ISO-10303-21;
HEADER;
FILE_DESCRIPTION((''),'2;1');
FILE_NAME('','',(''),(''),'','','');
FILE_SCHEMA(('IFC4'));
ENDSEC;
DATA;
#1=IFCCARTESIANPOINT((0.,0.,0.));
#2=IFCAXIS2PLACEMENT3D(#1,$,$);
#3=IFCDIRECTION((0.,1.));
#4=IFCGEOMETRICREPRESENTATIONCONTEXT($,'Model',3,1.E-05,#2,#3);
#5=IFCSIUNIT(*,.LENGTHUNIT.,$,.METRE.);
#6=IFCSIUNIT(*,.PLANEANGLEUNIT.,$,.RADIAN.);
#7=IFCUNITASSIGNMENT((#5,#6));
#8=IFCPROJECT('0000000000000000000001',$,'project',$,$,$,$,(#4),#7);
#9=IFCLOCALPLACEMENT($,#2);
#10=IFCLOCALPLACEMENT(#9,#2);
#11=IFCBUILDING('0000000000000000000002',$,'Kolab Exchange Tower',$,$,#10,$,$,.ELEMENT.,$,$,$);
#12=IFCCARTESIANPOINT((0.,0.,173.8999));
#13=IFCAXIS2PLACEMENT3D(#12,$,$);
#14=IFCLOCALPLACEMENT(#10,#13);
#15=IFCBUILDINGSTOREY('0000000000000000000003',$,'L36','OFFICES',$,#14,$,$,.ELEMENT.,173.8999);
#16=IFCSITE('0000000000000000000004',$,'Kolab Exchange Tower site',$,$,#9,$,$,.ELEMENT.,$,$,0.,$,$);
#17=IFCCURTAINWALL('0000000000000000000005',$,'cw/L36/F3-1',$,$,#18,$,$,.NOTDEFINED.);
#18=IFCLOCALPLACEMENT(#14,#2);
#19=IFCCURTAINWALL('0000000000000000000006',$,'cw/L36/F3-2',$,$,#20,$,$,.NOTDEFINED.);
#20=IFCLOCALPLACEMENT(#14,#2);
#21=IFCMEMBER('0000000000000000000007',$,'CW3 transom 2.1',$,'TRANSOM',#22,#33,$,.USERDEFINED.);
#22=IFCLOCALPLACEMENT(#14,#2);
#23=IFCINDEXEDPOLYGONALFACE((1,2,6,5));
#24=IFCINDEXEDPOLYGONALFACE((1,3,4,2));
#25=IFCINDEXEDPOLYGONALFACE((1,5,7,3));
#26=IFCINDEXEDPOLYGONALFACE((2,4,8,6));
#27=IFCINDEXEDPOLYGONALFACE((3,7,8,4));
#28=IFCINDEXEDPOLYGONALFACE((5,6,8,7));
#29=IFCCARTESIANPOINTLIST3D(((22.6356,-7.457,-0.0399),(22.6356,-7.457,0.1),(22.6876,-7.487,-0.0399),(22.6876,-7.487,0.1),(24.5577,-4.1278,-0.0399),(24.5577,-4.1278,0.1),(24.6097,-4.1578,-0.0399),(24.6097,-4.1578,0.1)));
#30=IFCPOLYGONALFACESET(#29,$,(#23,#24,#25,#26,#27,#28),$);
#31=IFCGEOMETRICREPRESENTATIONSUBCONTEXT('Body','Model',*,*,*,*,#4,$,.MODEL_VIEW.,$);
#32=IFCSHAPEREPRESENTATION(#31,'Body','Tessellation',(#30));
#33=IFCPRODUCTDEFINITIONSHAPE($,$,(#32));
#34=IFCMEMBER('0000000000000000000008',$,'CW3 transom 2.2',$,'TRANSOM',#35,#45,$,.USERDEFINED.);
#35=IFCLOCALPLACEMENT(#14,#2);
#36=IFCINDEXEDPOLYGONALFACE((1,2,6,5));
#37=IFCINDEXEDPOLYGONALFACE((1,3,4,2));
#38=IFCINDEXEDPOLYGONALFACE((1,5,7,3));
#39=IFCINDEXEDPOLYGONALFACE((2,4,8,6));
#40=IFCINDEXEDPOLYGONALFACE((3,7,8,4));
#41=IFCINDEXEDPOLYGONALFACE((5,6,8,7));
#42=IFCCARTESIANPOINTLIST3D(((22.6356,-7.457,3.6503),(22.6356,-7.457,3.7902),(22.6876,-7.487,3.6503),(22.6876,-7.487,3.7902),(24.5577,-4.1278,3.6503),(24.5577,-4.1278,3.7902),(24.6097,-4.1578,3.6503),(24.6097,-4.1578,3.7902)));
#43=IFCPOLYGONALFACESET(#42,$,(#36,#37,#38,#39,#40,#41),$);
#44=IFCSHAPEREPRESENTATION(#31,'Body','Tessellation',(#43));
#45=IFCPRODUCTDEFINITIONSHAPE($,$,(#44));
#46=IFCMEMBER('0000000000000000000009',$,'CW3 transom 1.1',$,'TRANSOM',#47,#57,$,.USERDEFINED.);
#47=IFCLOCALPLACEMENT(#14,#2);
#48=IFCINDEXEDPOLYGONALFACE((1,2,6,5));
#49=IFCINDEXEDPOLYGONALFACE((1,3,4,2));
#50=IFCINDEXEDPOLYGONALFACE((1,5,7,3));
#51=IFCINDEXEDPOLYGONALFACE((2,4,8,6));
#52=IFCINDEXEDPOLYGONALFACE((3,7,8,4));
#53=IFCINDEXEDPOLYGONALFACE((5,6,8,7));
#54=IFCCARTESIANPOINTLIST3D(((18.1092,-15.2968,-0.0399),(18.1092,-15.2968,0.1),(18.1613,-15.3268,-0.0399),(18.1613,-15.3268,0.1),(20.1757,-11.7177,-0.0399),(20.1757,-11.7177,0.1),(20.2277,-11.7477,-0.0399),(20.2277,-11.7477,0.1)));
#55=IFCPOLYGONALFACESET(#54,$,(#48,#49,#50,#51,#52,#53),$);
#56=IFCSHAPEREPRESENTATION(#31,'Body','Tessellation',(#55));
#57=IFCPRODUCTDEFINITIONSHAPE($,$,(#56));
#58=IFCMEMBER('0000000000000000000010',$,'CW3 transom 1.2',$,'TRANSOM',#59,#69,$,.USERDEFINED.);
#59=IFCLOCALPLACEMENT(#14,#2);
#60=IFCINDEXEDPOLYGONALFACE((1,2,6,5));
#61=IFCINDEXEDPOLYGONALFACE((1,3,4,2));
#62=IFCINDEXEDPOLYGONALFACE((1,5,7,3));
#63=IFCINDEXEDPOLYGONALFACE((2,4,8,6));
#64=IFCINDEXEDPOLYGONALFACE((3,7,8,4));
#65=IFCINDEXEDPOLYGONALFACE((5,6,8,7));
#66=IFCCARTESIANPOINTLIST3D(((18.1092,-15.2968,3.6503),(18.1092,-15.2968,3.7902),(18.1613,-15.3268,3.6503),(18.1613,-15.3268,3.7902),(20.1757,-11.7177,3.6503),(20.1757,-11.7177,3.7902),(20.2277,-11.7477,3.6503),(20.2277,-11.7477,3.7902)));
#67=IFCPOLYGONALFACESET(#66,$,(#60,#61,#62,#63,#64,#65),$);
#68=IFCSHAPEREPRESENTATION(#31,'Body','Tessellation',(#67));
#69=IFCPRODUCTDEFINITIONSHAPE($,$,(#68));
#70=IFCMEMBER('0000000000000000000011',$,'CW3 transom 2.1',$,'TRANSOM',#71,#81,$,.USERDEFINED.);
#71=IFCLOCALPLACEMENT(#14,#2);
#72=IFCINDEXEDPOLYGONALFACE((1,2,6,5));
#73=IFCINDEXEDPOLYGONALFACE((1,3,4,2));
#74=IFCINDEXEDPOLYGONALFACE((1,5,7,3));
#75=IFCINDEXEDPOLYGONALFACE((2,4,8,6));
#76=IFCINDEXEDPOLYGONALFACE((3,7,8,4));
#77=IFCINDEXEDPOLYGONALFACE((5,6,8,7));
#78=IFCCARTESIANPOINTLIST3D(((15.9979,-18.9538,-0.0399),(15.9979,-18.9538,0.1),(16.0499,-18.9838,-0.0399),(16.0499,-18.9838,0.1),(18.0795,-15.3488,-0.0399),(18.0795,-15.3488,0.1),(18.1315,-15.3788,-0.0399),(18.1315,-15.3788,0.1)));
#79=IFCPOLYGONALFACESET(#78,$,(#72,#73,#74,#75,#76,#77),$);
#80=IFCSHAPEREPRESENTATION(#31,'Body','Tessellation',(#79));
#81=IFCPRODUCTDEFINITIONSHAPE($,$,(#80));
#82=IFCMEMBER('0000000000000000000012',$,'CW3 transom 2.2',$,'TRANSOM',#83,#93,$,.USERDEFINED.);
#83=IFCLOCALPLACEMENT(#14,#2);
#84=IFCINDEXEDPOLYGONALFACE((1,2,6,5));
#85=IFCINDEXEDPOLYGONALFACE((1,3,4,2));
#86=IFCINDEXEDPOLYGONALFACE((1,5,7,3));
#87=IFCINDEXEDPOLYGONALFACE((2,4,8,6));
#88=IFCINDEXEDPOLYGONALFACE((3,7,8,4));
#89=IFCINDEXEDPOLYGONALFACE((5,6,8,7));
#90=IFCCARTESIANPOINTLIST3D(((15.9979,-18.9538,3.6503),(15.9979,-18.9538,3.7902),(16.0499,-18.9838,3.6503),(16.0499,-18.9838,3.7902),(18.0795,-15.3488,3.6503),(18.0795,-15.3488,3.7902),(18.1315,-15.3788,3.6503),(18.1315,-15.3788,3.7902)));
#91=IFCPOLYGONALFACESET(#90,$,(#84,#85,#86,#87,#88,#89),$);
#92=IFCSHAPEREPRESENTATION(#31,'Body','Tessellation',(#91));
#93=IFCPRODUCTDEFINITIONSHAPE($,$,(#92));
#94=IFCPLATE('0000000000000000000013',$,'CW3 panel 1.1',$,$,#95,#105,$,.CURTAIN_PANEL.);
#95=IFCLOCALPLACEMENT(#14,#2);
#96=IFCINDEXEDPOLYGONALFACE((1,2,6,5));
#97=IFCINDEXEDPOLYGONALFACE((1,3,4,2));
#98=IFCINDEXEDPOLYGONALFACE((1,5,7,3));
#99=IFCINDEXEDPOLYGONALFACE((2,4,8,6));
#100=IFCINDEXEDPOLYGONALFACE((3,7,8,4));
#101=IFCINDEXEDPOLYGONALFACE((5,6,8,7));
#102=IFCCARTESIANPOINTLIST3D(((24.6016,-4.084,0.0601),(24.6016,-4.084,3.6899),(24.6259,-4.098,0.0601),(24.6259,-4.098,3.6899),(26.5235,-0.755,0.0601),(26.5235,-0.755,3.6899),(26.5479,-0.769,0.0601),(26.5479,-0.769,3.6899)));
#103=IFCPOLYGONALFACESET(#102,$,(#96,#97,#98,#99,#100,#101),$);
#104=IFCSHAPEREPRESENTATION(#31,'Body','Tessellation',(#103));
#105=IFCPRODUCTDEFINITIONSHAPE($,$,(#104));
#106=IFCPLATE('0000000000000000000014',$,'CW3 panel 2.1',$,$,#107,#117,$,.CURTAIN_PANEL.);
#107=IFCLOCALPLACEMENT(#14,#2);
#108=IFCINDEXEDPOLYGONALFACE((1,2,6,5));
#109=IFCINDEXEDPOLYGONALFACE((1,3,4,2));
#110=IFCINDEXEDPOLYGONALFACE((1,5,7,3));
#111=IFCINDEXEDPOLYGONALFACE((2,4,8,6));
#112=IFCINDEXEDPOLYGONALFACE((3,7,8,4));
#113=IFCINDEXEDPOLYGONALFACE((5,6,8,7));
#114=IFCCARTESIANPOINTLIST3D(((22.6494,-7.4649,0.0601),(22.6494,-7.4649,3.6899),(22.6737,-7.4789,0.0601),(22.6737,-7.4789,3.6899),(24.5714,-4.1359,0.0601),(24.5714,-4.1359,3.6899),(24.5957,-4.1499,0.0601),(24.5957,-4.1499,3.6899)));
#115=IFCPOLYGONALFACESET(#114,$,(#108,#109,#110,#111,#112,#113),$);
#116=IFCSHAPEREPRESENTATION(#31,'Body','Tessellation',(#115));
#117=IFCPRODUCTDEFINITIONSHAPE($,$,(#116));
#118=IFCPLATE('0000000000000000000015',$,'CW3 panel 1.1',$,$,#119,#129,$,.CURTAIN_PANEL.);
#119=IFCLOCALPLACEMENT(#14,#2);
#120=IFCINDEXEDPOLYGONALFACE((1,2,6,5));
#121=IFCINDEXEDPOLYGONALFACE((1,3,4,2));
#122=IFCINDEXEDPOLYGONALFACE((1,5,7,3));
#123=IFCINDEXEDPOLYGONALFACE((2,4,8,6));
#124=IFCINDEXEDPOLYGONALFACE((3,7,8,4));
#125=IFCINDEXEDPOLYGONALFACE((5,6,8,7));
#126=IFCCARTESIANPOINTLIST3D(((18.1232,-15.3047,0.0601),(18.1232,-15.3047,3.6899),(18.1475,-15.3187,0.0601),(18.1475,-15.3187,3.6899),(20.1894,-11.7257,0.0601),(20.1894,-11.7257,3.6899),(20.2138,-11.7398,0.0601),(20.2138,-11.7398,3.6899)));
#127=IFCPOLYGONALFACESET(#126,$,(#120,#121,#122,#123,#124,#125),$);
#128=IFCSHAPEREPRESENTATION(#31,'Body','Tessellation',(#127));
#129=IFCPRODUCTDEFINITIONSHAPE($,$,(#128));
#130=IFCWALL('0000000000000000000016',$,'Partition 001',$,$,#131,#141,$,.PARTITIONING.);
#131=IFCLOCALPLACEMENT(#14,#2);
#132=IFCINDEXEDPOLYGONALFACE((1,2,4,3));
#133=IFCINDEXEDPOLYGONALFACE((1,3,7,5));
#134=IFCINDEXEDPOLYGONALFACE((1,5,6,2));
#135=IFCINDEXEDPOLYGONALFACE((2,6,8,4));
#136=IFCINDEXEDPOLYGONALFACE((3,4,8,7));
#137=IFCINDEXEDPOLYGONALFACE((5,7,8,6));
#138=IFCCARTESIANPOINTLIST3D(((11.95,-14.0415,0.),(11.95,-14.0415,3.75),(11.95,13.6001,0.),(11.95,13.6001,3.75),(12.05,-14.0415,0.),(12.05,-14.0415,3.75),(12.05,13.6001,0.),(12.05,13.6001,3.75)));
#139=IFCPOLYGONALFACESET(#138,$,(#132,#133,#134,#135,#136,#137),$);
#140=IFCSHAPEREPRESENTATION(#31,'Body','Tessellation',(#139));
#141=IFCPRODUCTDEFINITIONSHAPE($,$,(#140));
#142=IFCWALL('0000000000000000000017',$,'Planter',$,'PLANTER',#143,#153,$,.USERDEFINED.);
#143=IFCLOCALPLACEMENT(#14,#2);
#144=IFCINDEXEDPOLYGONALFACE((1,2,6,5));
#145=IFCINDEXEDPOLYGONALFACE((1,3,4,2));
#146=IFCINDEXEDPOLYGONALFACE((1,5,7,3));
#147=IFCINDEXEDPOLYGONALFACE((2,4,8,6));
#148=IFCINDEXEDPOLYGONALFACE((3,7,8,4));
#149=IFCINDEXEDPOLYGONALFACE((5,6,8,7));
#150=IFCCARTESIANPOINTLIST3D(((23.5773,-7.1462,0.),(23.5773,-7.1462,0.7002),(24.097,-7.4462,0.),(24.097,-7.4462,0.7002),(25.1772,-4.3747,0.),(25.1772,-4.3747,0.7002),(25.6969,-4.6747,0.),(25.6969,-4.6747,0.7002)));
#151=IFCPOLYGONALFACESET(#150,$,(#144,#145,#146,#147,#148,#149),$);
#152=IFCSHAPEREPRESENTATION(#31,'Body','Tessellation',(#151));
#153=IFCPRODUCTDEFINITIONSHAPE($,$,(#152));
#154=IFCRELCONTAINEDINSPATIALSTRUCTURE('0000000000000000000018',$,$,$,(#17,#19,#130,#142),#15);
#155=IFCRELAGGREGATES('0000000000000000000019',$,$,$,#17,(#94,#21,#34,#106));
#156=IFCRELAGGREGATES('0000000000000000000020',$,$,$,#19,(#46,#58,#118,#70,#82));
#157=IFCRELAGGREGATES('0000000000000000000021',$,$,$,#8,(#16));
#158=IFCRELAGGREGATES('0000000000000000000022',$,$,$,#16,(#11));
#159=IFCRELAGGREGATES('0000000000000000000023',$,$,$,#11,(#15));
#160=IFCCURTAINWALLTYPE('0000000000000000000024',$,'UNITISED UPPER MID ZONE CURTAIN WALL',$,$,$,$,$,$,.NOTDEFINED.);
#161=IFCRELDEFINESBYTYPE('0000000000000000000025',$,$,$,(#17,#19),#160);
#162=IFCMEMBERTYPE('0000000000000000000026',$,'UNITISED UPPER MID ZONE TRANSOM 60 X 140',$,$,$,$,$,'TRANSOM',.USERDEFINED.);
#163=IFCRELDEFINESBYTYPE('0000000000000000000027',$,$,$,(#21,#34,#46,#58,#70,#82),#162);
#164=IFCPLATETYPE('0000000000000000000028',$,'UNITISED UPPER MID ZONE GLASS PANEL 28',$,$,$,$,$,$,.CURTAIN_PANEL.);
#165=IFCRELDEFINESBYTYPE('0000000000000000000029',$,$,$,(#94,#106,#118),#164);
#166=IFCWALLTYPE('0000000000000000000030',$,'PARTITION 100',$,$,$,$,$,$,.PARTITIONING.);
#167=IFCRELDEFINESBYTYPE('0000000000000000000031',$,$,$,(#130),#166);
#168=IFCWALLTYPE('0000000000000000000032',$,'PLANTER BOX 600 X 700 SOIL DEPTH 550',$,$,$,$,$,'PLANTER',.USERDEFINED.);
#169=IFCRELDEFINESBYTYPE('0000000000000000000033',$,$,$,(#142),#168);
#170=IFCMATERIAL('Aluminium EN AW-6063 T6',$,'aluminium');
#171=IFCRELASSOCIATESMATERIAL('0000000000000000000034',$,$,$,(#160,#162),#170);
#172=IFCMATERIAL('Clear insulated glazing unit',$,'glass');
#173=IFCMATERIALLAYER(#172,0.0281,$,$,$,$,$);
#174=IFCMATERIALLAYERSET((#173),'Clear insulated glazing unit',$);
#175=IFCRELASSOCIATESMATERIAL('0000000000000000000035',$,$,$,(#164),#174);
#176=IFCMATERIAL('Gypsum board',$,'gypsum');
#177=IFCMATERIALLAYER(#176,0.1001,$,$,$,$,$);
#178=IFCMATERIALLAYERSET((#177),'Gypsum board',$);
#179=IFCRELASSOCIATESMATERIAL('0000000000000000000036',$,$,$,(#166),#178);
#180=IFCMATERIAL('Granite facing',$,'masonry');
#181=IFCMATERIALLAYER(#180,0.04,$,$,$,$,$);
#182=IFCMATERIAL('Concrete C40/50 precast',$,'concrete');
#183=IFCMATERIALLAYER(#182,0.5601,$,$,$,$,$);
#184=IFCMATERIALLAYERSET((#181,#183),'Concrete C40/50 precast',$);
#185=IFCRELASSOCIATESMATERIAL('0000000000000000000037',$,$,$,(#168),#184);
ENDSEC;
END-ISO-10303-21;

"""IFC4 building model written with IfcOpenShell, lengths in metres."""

from ifc_helpers import new_model, si_unit, direction, frame, frame_2d, origin, origin_2d, place, context, subcontext, project, spatial, rectangle, extrude, material, layer, layer_set, material_profile, profile_set, type_object, element, aggregate, save


model = new_model("IFC4")

# Units and contexts
model_context = context("Model", 3, precision=1e-05, world=origin(), true_north=direction((0.0, 1.0)))
body_context = subcontext(model_context, "Body", "Model", "MODEL_VIEW")
ifc_project = project(units=[si_unit("LENGTHUNIT", "METRE"), si_unit("PLANEANGLEUNIT", "RADIAN")], contexts=[model_context])

# Site, building, storey
site_placement = place(None, origin())
site = spatial("IfcSite", under=ifc_project, at=site_placement, Name="Kolab Exchange Tower site", CompositionType="ELEMENT", RefElevation=0.0)
building_placement = place(site_placement, origin())
building = spatial("IfcBuilding", under=site, at=building_placement, Name="Kolab Exchange Tower", CompositionType="ELEMENT")
storey_placement = place(building_placement, frame((0.0, 0.0, 173.8999)))
storey = spatial("IfcBuildingStorey", under=building, at=storey_placement, Name="L36", Description="OFFICES", CompositionType="ELEMENT", Elevation=173.8999)

# Curtain walls
ifc_material_1 = material(Name="Aluminium EN AW-6063 T6", Category="aluminium")
curtain_wall_type = type_object("IfcCurtainWallType", Name="UNITISED UPPER MID ZONE CURTAIN WALL", PredefinedType="NOTDEFINED", material=ifc_material_1)
curtain_wall_1_placement = place(storey_placement, origin())
curtain_wall_1 = element("IfcCurtainWall", 1, at=curtain_wall_1_placement, inside=storey, type_object=curtain_wall_type, Name="cw/L36/F3-1", PredefinedType="NOTDEFINED")
curtain_wall_2_placement = place(storey_placement, origin())
curtain_wall_2 = element("IfcCurtainWall", 2, at=curtain_wall_2_placement, inside=storey, type_object=curtain_wall_type, Name="cw/L36/F3-2", PredefinedType="NOTDEFINED")

# Members
ifc_material_profile_1 = material_profile(ifc_material_1, rectangle(XDim=0.0601, YDim=0.1399, at=origin_2d()), Name="RECT 60X140")
ifc_profile_set_1 = profile_set([ifc_material_profile_1], Name="Aluminium EN AW-6063 T6")
member_type_1 = type_object("IfcMemberType", Name="UNITISED UPPER MID ZONE TRANSOM 60 X 140", ElementType="TRANSOM", PredefinedType="USERDEFINED", material=ifc_profile_set_1)
member_1_placement = place(storey_placement, frame((24.5837, -4.1428, 0.03), z_axis=(-0.500012, -0.866018, 0.0), x_axis=(0.866018, -0.500012, 0.0)))
member_1 = element("IfcMember", 3, at=member_1_placement, type_object=member_type_1, Name="CW3 transom 2.1", ObjectType="TRANSOM", PredefinedType="USERDEFINED", context=body_context, shape_type="SweptSolid", body=[
    extrude(rectangle(XDim=0.0601, YDim=0.1399, at=origin_2d()), origin(), (0.0, 0.0, 1.0), 3.8442),
])
member_2_placement = place(storey_placement, frame((24.5837, -4.1428, 3.7202), z_axis=(-0.500012, -0.866018, 0.0), x_axis=(0.866018, -0.500012, 0.0)))
member_2 = element("IfcMember", 4, at=member_2_placement, type_object=member_type_1, Name="CW3 transom 2.2", ObjectType="TRANSOM", PredefinedType="USERDEFINED", context=body_context, shape_type="SweptSolid", body=[
    extrude(rectangle(XDim=0.0601, YDim=0.1399, at=origin_2d()), origin(), (0.0, 0.0, 1.0), 3.8442),
])
member_3_placement = place(storey_placement, frame((20.2017, -11.7327, 0.03), z_axis=(-0.500002, -0.866024, 0.0), x_axis=(0.866024, -0.500002, 0.0)))
member_3 = element("IfcMember", 5, at=member_3_placement, type_object=member_type_1, Name="CW3 transom 1.1", ObjectType="TRANSOM", PredefinedType="USERDEFINED", context=body_context, shape_type="SweptSolid", body=[
    extrude(rectangle(XDim=0.0601, YDim=0.1399, at=origin_2d()), origin(), (0.0, 0.0, 1.0), 4.1328),
])
member_4_placement = place(storey_placement, frame((20.2017, -11.7327, 3.7202), z_axis=(-0.500002, -0.866024, 0.0), x_axis=(0.866024, -0.500002, 0.0)))
member_4 = element("IfcMember", 6, at=member_4_placement, type_object=member_type_1, Name="CW3 transom 1.2", ObjectType="TRANSOM", PredefinedType="USERDEFINED", context=body_context, shape_type="SweptSolid", body=[
    extrude(rectangle(XDim=0.0601, YDim=0.1399, at=origin_2d()), origin(), (0.0, 0.0, 1.0), 4.1328),
])
member_5_placement = place(storey_placement, frame((18.1055, -15.3638, 0.03), z_axis=(-0.500037, -0.866004, 0.0), x_axis=(0.866004, -0.500037, 0.0)))
member_5 = element("IfcMember", 7, at=member_5_placement, type_object=member_type_1, Name="CW3 transom 2.1", ObjectType="TRANSOM", PredefinedType="USERDEFINED", context=body_context, shape_type="SweptSolid", body=[
    extrude(rectangle(XDim=0.0601, YDim=0.1399, at=origin_2d()), origin(), (0.0, 0.0, 1.0), 4.1628),
])
member_6_placement = place(storey_placement, frame((18.1055, -15.3638, 3.7202), z_axis=(-0.500037, -0.866004, 0.0), x_axis=(0.866004, -0.500037, 0.0)))
member_6 = element("IfcMember", 8, at=member_6_placement, type_object=member_type_1, Name="CW3 transom 2.2", ObjectType="TRANSOM", PredefinedType="USERDEFINED", context=body_context, shape_type="SweptSolid", body=[
    extrude(rectangle(XDim=0.0601, YDim=0.1399, at=origin_2d()), origin(), (0.0, 0.0, 1.0), 4.1628),
])

# Plates
ifc_material_2 = material(Name="Clear insulated glazing unit", Category="glass")
ifc_layer_1 = layer(ifc_material_2, 0.0281)
ifc_layer_set_1 = layer_set([ifc_layer_1], Name="Clear insulated glazing unit")
plate_type = type_object("IfcPlateType", Name="UNITISED UPPER MID ZONE GLASS PANEL 28", PredefinedType="CURTAIN_PANEL", material=ifc_layer_set_1)
plate_1_placement = place(storey_placement, frame((25.5747, -2.4265, 0.0601), z_axis=(0.0, 0.0, 1.0), x_axis=(-0.5, -0.866025, 0.0)))
plate_1 = element("IfcPlate", 9, at=plate_1_placement, type_object=plate_type, Name="CW3 panel 1.1", PredefinedType="CURTAIN_PANEL", context=body_context, shape_type="SweptSolid", body=[
    extrude(rectangle(XDim=3.844, YDim=0.0281, at=origin_2d()), origin(), (0.0, 0.0, 1.0), 3.6299),
])
plate_2_placement = place(storey_placement, frame((23.6226, -5.8074, 0.0601), z_axis=(0.0, 0.0, 1.0), x_axis=(-0.5, -0.866025, 0.0)))
plate_2 = element("IfcPlate", 10, at=plate_2_placement, type_object=plate_type, Name="CW3 panel 2.1", PredefinedType="CURTAIN_PANEL", context=body_context, shape_type="SweptSolid", body=[
    extrude(rectangle(XDim=3.844, YDim=0.0281, at=origin_2d()), origin(), (0.0, 0.0, 1.0), 3.6299),
])
aggregate(curtain_wall_1, [plate_1, member_1, member_2, plate_2])
plate_3_placement = place(storey_placement, frame((19.1685, -13.5222, 0.0601), z_axis=(0.0, 0.0, 1.0), x_axis=(-0.5, -0.866025, 0.0)))
plate_3 = element("IfcPlate", 11, at=plate_3_placement, type_object=plate_type, Name="CW3 panel 1.1", PredefinedType="CURTAIN_PANEL", context=body_context, shape_type="SweptSolid", body=[
    extrude(rectangle(XDim=4.1326, YDim=0.0281, at=origin_2d()), origin(), (0.0, 0.0, 1.0), 3.6299),
])
aggregate(curtain_wall_2, [member_3, member_4, plate_3, member_5, member_6])

# Walls
ifc_material_3 = material(Name="Gypsum board", Category="gypsum")
ifc_layer_2 = layer(ifc_material_3, 0.1001)
ifc_layer_set_2 = layer_set([ifc_layer_2], Name="Gypsum board")
wall_type_1 = type_object("IfcWallType", Name="PARTITION 100", PredefinedType="PARTITIONING", material=ifc_layer_set_2)
wall_1_placement = place(storey_placement, frame((12.0, -14.0415, 0.0), z_axis=(0.0, 0.0, 1.0), x_axis=(0.0, 1.0, 0.0)))
element("IfcWall", 12, at=wall_1_placement, inside=storey, type_object=wall_type_1, Name="Partition 001", PredefinedType="PARTITIONING", context=body_context, shape_type="SweptSolid", body=[
    extrude(rectangle(XDim=27.6416, YDim=0.1001, at=frame_2d((13.8208, 0.0))), origin(), (0.0, 0.0, 1.0), 3.75),
])
ifc_material_4 = material(Name="Granite facing", Category="masonry")
ifc_layer_3 = layer(ifc_material_4, 0.04)
ifc_material_5 = material(Name="Concrete C40/50 precast", Category="concrete")
ifc_layer_4 = layer(ifc_material_5, 0.5601)
ifc_layer_set_3 = layer_set([ifc_layer_3, ifc_layer_4], Name="Concrete C40/50 precast")
wall_type_2 = type_object("IfcWallType", Name="PLANTER BOX 600 X 700 SOIL DEPTH 550", ElementType="PLANTER", PredefinedType="USERDEFINED", material=ifc_layer_set_3)
wall_2_placement = place(storey_placement, frame((25.437, -4.5247, 0.0), z_axis=(0.0, 0.0, 1.0), x_axis=(-0.499938, -0.866061, 0.0)))
element("IfcWall", 13, at=wall_2_placement, inside=storey, type_object=wall_type_2, Name="Planter", ObjectType="PLANTER", PredefinedType="USERDEFINED", context=body_context, shape_type="SweptSolid", body=[
    extrude(rectangle(XDim=3.2002, YDim=0.6001, at=frame_2d((1.6001, 0.0))), origin(), (0.0, 0.0, 1.0), 0.7002),
])

save(model, "model.ifc")
